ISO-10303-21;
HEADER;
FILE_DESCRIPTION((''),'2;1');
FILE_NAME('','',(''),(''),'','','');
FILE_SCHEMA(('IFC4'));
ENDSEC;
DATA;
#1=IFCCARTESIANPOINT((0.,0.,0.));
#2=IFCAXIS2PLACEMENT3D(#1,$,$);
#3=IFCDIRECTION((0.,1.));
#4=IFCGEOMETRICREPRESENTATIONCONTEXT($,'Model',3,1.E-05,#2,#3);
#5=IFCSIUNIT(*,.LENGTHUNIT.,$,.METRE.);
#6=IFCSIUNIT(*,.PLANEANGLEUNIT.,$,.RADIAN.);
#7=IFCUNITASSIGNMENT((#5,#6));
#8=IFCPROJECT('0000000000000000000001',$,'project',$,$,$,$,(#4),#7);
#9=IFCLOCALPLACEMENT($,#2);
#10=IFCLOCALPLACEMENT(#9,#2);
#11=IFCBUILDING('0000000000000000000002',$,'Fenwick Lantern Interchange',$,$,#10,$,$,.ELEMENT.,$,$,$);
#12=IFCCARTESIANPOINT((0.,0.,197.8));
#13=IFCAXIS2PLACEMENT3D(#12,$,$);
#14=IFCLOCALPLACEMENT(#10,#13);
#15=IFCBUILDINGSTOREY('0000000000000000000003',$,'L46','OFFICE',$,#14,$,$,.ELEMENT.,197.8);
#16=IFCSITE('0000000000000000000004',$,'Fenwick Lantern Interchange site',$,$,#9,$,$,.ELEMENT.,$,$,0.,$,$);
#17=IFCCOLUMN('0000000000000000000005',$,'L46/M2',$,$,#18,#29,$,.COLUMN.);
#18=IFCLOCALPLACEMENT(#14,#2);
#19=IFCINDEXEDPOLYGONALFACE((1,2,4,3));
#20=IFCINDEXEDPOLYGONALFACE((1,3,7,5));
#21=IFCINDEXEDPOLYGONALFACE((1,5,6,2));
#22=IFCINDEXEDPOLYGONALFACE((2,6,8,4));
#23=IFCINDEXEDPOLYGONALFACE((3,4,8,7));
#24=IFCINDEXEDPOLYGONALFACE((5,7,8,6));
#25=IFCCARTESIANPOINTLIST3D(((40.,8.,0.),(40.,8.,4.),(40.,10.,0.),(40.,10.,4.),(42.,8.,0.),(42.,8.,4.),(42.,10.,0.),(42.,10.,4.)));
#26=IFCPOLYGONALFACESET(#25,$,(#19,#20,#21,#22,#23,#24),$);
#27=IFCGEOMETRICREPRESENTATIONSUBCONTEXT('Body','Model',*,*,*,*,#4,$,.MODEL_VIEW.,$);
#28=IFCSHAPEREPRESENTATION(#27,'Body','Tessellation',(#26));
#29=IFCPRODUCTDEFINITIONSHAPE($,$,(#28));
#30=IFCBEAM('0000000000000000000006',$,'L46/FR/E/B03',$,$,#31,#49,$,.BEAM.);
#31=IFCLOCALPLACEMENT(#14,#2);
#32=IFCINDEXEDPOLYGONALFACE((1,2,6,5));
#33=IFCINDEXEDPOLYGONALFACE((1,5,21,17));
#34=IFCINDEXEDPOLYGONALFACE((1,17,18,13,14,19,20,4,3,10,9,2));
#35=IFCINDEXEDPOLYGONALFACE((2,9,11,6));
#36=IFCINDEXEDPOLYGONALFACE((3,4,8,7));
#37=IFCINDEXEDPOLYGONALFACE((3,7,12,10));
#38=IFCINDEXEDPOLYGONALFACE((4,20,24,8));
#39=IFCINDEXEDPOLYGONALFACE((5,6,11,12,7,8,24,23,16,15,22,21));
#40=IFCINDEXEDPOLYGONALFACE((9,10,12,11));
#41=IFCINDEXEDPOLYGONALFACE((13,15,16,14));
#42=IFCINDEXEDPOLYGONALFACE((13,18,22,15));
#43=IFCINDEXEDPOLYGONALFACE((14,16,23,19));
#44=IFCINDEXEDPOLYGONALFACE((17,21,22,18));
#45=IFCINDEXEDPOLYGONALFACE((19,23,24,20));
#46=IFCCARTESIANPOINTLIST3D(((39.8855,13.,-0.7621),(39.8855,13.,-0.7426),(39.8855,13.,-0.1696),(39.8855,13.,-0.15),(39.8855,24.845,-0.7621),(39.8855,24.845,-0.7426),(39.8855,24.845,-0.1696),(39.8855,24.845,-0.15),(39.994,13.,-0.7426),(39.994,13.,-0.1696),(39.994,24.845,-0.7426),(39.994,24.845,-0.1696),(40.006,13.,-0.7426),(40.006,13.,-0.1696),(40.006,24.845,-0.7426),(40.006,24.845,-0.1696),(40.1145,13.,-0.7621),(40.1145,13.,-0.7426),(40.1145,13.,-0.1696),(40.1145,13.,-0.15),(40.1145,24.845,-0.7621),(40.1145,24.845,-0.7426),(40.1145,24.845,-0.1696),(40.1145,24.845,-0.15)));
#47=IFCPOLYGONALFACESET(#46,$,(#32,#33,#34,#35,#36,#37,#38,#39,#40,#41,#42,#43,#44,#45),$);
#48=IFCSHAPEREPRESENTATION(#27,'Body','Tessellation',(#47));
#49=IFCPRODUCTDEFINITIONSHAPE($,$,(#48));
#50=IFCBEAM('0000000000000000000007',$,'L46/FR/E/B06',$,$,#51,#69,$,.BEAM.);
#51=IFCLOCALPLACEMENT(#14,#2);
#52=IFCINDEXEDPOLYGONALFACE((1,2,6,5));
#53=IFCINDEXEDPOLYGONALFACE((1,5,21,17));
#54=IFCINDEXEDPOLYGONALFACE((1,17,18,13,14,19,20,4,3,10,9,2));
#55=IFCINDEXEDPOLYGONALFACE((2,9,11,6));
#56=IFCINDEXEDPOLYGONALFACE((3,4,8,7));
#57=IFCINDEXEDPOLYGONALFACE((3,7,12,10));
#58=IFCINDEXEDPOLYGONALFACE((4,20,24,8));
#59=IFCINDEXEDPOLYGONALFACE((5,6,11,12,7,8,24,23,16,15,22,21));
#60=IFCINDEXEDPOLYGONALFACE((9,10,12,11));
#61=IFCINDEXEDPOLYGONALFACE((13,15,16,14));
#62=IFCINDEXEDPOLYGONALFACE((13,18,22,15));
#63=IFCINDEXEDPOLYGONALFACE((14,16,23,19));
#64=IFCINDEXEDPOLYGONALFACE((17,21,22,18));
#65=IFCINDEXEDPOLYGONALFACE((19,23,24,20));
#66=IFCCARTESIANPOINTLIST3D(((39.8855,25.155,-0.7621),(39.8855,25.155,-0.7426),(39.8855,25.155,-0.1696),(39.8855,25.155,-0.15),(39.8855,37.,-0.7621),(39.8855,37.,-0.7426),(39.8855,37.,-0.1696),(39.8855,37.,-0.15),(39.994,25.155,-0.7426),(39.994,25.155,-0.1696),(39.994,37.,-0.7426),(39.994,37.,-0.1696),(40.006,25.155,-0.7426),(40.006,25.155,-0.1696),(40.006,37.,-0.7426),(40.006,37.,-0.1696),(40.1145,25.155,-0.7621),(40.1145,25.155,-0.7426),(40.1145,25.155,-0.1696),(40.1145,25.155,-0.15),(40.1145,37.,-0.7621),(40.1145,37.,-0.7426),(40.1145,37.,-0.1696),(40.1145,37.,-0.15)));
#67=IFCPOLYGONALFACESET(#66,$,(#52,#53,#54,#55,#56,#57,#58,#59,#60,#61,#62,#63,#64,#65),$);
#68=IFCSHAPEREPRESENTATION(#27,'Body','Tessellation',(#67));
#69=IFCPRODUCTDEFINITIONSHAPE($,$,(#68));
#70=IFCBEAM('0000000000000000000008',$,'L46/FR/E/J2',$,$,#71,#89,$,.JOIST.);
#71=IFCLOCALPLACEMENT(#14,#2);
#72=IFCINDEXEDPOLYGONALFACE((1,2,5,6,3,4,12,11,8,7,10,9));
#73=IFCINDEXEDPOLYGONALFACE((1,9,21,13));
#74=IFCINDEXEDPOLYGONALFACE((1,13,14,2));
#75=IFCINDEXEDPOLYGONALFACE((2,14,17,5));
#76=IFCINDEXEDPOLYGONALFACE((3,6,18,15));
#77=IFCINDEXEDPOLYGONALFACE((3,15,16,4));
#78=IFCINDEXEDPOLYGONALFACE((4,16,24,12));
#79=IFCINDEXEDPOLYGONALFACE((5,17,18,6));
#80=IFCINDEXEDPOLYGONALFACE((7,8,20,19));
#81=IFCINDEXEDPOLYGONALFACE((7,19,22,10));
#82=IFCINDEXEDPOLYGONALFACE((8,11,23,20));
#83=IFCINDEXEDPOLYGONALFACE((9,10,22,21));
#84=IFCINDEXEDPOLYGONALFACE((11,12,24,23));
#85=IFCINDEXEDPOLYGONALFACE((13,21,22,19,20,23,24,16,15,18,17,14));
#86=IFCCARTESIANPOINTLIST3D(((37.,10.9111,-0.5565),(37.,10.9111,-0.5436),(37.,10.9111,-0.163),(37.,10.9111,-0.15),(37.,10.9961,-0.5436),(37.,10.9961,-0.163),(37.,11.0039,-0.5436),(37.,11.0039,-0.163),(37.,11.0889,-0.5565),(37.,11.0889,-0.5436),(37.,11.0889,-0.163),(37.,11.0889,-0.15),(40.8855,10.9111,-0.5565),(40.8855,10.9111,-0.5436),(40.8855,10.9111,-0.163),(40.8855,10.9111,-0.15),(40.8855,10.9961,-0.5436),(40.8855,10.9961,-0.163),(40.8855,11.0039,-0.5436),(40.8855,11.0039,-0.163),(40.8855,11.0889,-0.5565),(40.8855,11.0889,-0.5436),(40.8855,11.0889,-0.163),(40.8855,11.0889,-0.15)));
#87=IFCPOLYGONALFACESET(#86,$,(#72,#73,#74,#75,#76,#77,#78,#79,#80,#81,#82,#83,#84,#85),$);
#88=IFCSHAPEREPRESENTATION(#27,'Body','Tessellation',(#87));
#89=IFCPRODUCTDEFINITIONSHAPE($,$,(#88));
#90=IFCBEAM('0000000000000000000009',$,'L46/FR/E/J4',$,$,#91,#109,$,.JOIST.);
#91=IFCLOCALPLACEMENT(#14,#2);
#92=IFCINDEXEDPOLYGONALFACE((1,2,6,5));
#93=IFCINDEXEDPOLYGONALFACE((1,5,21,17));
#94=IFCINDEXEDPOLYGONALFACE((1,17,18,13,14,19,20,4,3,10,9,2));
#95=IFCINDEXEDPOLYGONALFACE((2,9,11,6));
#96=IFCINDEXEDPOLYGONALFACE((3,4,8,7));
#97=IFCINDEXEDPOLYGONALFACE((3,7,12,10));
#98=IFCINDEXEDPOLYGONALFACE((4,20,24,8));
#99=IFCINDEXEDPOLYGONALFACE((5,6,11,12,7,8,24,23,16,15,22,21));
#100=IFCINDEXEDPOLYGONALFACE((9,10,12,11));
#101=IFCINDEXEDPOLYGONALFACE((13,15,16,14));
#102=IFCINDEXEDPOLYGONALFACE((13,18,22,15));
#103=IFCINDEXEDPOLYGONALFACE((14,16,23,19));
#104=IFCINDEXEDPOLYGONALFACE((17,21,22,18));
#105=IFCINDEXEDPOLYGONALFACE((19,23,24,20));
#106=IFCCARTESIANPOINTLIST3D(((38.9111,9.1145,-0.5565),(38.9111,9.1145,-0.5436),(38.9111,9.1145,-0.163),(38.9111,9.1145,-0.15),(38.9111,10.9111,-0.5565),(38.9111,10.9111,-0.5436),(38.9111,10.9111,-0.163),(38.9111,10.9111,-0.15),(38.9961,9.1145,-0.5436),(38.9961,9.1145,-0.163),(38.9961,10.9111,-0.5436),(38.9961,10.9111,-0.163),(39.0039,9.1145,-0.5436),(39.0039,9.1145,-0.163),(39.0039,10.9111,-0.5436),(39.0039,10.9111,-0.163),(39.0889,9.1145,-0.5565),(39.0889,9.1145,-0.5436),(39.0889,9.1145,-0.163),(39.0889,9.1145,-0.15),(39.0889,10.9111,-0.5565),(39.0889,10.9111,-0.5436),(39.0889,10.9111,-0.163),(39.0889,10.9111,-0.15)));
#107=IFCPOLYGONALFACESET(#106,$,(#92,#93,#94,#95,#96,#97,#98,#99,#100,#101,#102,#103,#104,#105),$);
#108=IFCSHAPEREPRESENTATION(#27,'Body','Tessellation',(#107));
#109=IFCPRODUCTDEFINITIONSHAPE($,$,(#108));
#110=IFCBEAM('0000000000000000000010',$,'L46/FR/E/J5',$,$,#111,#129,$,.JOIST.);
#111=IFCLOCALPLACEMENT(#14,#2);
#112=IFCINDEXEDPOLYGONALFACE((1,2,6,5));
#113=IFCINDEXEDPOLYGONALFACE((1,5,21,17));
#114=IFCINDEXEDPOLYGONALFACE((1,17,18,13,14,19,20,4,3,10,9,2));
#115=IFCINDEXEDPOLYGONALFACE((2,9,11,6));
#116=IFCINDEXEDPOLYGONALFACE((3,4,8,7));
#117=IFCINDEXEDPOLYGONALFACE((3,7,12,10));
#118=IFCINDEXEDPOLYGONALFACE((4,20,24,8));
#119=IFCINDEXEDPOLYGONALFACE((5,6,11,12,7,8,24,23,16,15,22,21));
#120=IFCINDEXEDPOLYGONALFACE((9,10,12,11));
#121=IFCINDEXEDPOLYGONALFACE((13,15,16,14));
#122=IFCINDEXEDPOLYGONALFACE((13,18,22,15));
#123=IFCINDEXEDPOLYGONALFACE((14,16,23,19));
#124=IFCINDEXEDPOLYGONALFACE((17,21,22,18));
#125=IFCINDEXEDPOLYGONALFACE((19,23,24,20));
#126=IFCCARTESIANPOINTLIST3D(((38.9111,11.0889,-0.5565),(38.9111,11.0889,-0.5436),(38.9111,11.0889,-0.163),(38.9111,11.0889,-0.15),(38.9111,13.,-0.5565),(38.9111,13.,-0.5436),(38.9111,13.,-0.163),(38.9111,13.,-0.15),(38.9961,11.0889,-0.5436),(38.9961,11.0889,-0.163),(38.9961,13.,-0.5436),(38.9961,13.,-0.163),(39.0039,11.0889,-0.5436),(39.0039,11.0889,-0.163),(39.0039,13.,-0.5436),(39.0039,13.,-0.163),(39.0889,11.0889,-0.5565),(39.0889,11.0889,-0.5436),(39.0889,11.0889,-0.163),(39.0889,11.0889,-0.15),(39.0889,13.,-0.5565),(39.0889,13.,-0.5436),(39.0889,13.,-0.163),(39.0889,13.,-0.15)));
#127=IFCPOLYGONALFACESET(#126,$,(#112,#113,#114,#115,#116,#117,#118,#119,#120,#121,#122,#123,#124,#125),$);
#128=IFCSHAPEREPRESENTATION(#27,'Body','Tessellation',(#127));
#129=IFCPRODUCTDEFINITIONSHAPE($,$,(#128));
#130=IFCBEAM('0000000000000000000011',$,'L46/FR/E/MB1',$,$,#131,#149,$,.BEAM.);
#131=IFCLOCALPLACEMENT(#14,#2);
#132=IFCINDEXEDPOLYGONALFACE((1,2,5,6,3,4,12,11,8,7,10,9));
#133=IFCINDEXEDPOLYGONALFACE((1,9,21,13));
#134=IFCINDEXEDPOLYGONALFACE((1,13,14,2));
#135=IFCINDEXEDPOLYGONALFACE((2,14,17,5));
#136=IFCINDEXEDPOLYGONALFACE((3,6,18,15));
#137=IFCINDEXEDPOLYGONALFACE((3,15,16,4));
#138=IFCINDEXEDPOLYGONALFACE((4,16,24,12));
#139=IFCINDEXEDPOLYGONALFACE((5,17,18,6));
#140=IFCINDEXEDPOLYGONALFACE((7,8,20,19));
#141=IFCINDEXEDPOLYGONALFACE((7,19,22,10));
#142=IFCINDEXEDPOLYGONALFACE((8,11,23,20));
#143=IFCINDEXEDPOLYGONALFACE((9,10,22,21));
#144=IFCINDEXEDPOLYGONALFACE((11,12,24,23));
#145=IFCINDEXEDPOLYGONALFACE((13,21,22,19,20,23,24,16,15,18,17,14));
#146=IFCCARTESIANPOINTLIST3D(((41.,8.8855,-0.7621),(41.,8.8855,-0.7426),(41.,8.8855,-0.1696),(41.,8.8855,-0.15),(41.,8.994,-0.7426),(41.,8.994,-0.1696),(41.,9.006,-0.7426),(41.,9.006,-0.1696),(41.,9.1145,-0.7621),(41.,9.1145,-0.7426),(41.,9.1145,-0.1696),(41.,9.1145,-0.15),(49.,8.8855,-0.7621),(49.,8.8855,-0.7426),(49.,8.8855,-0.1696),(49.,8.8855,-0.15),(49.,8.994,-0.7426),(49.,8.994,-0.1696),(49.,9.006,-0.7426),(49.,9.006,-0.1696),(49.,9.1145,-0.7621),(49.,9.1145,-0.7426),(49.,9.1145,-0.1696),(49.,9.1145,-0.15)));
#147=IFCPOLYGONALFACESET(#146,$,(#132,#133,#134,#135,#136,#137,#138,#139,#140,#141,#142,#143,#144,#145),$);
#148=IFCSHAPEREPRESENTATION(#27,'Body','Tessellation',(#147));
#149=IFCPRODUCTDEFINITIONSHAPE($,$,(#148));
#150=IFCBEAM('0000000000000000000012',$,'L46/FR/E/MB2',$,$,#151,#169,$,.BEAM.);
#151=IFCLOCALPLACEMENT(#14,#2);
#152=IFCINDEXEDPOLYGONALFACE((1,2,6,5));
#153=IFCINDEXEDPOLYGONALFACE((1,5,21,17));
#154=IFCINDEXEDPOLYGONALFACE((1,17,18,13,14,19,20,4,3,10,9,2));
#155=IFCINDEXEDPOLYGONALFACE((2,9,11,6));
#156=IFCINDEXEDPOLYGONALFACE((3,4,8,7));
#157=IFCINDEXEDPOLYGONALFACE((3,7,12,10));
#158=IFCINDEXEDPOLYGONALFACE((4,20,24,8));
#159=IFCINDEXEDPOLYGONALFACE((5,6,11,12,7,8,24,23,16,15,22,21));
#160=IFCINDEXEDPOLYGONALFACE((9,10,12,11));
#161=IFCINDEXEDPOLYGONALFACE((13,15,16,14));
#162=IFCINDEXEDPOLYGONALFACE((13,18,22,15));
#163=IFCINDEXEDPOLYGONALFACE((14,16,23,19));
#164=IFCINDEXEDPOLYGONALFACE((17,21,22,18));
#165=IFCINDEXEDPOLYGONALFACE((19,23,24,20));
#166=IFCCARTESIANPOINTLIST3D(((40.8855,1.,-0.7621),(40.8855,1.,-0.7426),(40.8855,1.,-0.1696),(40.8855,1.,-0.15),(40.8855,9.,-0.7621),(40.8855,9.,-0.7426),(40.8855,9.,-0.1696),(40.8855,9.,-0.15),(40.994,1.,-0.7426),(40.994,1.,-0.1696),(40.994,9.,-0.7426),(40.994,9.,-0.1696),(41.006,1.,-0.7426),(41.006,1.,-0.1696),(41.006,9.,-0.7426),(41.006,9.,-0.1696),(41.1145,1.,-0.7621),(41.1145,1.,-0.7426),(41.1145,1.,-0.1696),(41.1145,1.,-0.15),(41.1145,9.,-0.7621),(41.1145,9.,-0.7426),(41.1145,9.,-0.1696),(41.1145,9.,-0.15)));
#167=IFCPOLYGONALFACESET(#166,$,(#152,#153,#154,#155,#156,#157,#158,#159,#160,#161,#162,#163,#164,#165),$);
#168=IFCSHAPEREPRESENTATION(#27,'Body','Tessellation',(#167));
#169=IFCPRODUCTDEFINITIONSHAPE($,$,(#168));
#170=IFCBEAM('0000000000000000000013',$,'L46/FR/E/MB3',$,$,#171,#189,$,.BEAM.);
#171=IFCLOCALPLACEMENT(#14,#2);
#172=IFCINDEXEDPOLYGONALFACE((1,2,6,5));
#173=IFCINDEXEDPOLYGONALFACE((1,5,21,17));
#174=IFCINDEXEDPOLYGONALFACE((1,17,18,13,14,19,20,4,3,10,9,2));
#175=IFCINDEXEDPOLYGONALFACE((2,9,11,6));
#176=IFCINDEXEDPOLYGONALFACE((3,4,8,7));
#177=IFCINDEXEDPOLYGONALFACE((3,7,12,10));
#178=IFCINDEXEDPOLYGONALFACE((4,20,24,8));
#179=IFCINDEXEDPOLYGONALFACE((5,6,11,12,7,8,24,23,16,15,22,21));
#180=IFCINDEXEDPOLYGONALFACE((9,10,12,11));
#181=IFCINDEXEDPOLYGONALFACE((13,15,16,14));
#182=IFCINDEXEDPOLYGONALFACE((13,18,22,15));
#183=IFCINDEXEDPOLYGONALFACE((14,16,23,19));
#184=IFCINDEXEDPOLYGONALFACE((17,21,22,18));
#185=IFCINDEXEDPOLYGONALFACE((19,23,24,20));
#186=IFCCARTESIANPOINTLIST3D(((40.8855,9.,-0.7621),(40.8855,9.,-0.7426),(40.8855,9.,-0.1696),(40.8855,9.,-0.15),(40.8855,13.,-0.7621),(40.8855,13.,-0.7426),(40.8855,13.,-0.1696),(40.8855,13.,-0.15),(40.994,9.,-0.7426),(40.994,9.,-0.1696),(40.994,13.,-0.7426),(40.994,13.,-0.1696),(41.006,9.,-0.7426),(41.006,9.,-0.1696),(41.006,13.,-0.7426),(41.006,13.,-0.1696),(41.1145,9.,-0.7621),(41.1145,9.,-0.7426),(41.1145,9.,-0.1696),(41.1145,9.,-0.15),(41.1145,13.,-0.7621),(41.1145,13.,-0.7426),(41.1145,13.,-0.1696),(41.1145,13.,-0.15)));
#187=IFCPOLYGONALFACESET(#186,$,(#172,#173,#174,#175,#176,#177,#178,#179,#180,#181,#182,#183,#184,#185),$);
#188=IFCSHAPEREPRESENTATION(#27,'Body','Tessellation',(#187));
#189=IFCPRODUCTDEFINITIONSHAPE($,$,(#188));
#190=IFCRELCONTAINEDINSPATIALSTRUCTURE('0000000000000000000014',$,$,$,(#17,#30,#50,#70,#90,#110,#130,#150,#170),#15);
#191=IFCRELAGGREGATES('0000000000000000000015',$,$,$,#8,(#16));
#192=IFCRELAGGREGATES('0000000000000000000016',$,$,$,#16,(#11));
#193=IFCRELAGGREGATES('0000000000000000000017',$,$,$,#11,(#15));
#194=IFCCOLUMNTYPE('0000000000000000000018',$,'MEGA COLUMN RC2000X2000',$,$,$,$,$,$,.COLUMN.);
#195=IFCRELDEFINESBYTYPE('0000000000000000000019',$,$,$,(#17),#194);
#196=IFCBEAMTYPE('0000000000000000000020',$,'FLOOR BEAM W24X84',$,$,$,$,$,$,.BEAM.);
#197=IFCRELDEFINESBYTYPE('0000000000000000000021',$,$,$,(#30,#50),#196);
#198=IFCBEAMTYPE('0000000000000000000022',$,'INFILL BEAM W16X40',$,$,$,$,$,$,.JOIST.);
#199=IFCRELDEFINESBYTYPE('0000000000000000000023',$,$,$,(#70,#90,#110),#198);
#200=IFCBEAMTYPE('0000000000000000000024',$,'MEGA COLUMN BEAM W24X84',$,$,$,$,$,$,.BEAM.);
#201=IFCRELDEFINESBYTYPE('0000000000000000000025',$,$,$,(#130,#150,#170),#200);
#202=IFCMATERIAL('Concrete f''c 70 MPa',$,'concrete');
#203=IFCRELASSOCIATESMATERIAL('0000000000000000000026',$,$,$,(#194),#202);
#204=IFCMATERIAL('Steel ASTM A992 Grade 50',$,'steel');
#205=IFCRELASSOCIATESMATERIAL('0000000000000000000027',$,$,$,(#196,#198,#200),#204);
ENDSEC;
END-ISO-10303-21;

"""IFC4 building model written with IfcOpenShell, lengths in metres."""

from ifc_helpers import new_model, si_unit, direction, frame, origin, origin_2d, place, context, subcontext, project, spatial, rectangle, i_section, extrude, material, material_profile, profile_set, type_object, element, save


model = new_model("IFC4")

# Units and contexts
model_context = context("Model", 3, precision=1e-05, world=origin(), true_north=direction((0.0, 1.0)))
body_context = subcontext(model_context, "Body", "Model", "MODEL_VIEW")
ifc_project = project(units=[si_unit("LENGTHUNIT", "METRE"), si_unit("PLANEANGLEUNIT", "RADIAN")], contexts=[model_context])

# Site, building, storey
site_placement = place(None, origin())
site = spatial("IfcSite", under=ifc_project, at=site_placement, Name="Fenwick Lantern Interchange site", CompositionType="ELEMENT", RefElevation=0.0)
building_placement = place(site_placement, origin())
building = spatial("IfcBuilding", under=site, at=building_placement, Name="Fenwick Lantern Interchange", CompositionType="ELEMENT")
storey_placement = place(building_placement, frame((0.0, 0.0, 197.8)))
storey = spatial("IfcBuildingStorey", under=building, at=storey_placement, Name="L46", Description="OFFICE", CompositionType="ELEMENT", Elevation=197.8)

# Column
ifc_material_1 = material(Name="Concrete f'c 70 MPa", Category="concrete")
ifc_material_profile_1 = material_profile(ifc_material_1, rectangle(XDim=2.0, YDim=2.0, at=origin_2d()), Name="RC2000X2000")
ifc_profile_set_1 = profile_set([ifc_material_profile_1], Name="Concrete f'c 70 MPa")
column_type = type_object("IfcColumnType", Name="MEGA COLUMN RC2000X2000", PredefinedType="COLUMN", material=ifc_profile_set_1)
column_placement = place(storey_placement, frame((41.0, 9.0, 0.0), z_axis=(0.0, 0.0, 1.0), x_axis=(1.0, 0.0, 0.0)))
element("IfcColumn", 1, at=column_placement, inside=storey, type_object=column_type, Name="L46/M2", PredefinedType="COLUMN", context=body_context, shape_type="SweptSolid", body=[
    extrude(rectangle(XDim=2.0, YDim=2.0, at=origin_2d()), origin(), (0.0, 0.0, 1.0), 4.0),
])

# Beams
ifc_material_2 = material(Name="Steel ASTM A992 Grade 50", Category="steel")
ifc_material_profile_2 = material_profile(ifc_material_2, i_section(OverallWidth=0.229, OverallDepth=0.6121, WebThickness=0.012, FlangeThickness=0.0195, at=origin_2d()), Name="W24X84")
ifc_profile_set_2 = profile_set([ifc_material_profile_2], Name="Steel ASTM A992 Grade 50")
beam_type_1 = type_object("IfcBeamType", Name="FLOOR BEAM W24X84", PredefinedType="BEAM", material=ifc_profile_set_2)
for number, where, z_axis, x_axis, name in (
    (2, (40.0, 13.0, -0.4561), (0.0, 1.0, 0.0), (-1.0, 0.0, 0.0), "L46/FR/E/B03"),
    (3, (40.0, 25.155, -0.4561), (0.0, 1.0, 0.0), (-1.0, 0.0, 0.0), "L46/FR/E/B06"),
):
    element("IfcBeam", number, at=place(storey_placement, frame(where, z_axis=z_axis, x_axis=x_axis)), inside=storey, type_object=beam_type_1, Name=name, PredefinedType="BEAM", context=body_context, shape_type="SweptSolid", body=[
        extrude(i_section(OverallWidth=0.229, OverallDepth=0.6121, WebThickness=0.012, FlangeThickness=0.0195, at=origin_2d()), origin(), (0.0, 0.0, 1.0), 11.845),
    ])
ifc_material_profile_3 = material_profile(ifc_material_2, i_section(OverallWidth=0.1777, OverallDepth=0.4065, WebThickness=0.0078, FlangeThickness=0.0129, at=origin_2d()), Name="W16X40")
ifc_profile_set_3 = profile_set([ifc_material_profile_3], Name="Steel ASTM A992 Grade 50")
beam_type_2 = type_object("IfcBeamType", Name="INFILL BEAM W16X40", PredefinedType="JOIST", material=ifc_profile_set_3)
beam_1_placement = place(storey_placement, frame((40.8855, 11.0, -0.3533), z_axis=(-1.0, 0.0, 0.0), x_axis=(0.0, -1.0, 0.0)))
element("IfcBeam", 4, at=beam_1_placement, inside=storey, type_object=beam_type_2, Name="L46/FR/E/J2", PredefinedType="JOIST", context=body_context, shape_type="SweptSolid", body=[
    extrude(i_section(OverallWidth=0.1777, OverallDepth=0.4065, WebThickness=0.0078, FlangeThickness=0.0129, at=origin_2d()), origin(), (0.0, 0.0, 1.0), 3.8855),
])
beam_2_placement = place(storey_placement, frame((39.0, 9.1145, -0.3533), z_axis=(0.0, 1.0, 0.0), x_axis=(-1.0, 0.0, 0.0)))
element("IfcBeam", 5, at=beam_2_placement, inside=storey, type_object=beam_type_2, Name="L46/FR/E/J4", PredefinedType="JOIST", context=body_context, shape_type="SweptSolid", body=[
    extrude(i_section(OverallWidth=0.1777, OverallDepth=0.4065, WebThickness=0.0078, FlangeThickness=0.0129, at=origin_2d()), origin(), (0.0, 0.0, 1.0), 1.7966),
])
beam_3_placement = place(storey_placement, frame((39.0, 11.0889, -0.3533), z_axis=(0.0, 1.0, 0.0), x_axis=(-1.0, 0.0, 0.0)))
element("IfcBeam", 6, at=beam_3_placement, inside=storey, type_object=beam_type_2, Name="L46/FR/E/J5", PredefinedType="JOIST", context=body_context, shape_type="SweptSolid", body=[
    extrude(i_section(OverallWidth=0.1777, OverallDepth=0.4065, WebThickness=0.0078, FlangeThickness=0.0129, at=origin_2d()), origin(), (0.0, 0.0, 1.0), 1.9111),
])
ifc_material_profile_4 = material_profile(ifc_material_2, i_section(OverallWidth=0.229, OverallDepth=0.6121, WebThickness=0.012, FlangeThickness=0.0195, at=origin_2d()), Name="W24X84")
ifc_profile_set_4 = profile_set([ifc_material_profile_4], Name="Steel ASTM A992 Grade 50")
beam_type_3 = type_object("IfcBeamType", Name="MEGA COLUMN BEAM W24X84", PredefinedType="BEAM", material=ifc_profile_set_4)
for number, where, z_axis, x_axis, name in (
    (7, (41.0, 9.0, -0.4561), (1.0, 0.0, 0.0), (0.0, 1.0, 0.0), "L46/FR/E/MB1"),
    (8, (41.0, 9.0, -0.4561), (0.0, -1.0, 0.0), (1.0, 0.0, 0.0), "L46/FR/E/MB2"),
):
    element("IfcBeam", number, at=place(storey_placement, frame(where, z_axis=z_axis, x_axis=x_axis)), inside=storey, type_object=beam_type_3, Name=name, PredefinedType="BEAM", context=body_context, shape_type="SweptSolid", body=[
        extrude(i_section(OverallWidth=0.229, OverallDepth=0.6121, WebThickness=0.012, FlangeThickness=0.0195, at=origin_2d()), origin(), (0.0, 0.0, 1.0), 8.0),
    ])
beam_4_placement = place(storey_placement, frame((41.0, 9.0, -0.4561), z_axis=(0.0, 1.0, 0.0), x_axis=(-1.0, 0.0, 0.0)))
element("IfcBeam", 9, at=beam_4_placement, inside=storey, type_object=beam_type_3, Name="L46/FR/E/MB3", PredefinedType="BEAM", context=body_context, shape_type="SweptSolid", body=[
    extrude(i_section(OverallWidth=0.229, OverallDepth=0.6121, WebThickness=0.012, FlangeThickness=0.0195, at=origin_2d()), origin(), (0.0, 0.0, 1.0), 4.0),
])

save(model, "model.ifc")
